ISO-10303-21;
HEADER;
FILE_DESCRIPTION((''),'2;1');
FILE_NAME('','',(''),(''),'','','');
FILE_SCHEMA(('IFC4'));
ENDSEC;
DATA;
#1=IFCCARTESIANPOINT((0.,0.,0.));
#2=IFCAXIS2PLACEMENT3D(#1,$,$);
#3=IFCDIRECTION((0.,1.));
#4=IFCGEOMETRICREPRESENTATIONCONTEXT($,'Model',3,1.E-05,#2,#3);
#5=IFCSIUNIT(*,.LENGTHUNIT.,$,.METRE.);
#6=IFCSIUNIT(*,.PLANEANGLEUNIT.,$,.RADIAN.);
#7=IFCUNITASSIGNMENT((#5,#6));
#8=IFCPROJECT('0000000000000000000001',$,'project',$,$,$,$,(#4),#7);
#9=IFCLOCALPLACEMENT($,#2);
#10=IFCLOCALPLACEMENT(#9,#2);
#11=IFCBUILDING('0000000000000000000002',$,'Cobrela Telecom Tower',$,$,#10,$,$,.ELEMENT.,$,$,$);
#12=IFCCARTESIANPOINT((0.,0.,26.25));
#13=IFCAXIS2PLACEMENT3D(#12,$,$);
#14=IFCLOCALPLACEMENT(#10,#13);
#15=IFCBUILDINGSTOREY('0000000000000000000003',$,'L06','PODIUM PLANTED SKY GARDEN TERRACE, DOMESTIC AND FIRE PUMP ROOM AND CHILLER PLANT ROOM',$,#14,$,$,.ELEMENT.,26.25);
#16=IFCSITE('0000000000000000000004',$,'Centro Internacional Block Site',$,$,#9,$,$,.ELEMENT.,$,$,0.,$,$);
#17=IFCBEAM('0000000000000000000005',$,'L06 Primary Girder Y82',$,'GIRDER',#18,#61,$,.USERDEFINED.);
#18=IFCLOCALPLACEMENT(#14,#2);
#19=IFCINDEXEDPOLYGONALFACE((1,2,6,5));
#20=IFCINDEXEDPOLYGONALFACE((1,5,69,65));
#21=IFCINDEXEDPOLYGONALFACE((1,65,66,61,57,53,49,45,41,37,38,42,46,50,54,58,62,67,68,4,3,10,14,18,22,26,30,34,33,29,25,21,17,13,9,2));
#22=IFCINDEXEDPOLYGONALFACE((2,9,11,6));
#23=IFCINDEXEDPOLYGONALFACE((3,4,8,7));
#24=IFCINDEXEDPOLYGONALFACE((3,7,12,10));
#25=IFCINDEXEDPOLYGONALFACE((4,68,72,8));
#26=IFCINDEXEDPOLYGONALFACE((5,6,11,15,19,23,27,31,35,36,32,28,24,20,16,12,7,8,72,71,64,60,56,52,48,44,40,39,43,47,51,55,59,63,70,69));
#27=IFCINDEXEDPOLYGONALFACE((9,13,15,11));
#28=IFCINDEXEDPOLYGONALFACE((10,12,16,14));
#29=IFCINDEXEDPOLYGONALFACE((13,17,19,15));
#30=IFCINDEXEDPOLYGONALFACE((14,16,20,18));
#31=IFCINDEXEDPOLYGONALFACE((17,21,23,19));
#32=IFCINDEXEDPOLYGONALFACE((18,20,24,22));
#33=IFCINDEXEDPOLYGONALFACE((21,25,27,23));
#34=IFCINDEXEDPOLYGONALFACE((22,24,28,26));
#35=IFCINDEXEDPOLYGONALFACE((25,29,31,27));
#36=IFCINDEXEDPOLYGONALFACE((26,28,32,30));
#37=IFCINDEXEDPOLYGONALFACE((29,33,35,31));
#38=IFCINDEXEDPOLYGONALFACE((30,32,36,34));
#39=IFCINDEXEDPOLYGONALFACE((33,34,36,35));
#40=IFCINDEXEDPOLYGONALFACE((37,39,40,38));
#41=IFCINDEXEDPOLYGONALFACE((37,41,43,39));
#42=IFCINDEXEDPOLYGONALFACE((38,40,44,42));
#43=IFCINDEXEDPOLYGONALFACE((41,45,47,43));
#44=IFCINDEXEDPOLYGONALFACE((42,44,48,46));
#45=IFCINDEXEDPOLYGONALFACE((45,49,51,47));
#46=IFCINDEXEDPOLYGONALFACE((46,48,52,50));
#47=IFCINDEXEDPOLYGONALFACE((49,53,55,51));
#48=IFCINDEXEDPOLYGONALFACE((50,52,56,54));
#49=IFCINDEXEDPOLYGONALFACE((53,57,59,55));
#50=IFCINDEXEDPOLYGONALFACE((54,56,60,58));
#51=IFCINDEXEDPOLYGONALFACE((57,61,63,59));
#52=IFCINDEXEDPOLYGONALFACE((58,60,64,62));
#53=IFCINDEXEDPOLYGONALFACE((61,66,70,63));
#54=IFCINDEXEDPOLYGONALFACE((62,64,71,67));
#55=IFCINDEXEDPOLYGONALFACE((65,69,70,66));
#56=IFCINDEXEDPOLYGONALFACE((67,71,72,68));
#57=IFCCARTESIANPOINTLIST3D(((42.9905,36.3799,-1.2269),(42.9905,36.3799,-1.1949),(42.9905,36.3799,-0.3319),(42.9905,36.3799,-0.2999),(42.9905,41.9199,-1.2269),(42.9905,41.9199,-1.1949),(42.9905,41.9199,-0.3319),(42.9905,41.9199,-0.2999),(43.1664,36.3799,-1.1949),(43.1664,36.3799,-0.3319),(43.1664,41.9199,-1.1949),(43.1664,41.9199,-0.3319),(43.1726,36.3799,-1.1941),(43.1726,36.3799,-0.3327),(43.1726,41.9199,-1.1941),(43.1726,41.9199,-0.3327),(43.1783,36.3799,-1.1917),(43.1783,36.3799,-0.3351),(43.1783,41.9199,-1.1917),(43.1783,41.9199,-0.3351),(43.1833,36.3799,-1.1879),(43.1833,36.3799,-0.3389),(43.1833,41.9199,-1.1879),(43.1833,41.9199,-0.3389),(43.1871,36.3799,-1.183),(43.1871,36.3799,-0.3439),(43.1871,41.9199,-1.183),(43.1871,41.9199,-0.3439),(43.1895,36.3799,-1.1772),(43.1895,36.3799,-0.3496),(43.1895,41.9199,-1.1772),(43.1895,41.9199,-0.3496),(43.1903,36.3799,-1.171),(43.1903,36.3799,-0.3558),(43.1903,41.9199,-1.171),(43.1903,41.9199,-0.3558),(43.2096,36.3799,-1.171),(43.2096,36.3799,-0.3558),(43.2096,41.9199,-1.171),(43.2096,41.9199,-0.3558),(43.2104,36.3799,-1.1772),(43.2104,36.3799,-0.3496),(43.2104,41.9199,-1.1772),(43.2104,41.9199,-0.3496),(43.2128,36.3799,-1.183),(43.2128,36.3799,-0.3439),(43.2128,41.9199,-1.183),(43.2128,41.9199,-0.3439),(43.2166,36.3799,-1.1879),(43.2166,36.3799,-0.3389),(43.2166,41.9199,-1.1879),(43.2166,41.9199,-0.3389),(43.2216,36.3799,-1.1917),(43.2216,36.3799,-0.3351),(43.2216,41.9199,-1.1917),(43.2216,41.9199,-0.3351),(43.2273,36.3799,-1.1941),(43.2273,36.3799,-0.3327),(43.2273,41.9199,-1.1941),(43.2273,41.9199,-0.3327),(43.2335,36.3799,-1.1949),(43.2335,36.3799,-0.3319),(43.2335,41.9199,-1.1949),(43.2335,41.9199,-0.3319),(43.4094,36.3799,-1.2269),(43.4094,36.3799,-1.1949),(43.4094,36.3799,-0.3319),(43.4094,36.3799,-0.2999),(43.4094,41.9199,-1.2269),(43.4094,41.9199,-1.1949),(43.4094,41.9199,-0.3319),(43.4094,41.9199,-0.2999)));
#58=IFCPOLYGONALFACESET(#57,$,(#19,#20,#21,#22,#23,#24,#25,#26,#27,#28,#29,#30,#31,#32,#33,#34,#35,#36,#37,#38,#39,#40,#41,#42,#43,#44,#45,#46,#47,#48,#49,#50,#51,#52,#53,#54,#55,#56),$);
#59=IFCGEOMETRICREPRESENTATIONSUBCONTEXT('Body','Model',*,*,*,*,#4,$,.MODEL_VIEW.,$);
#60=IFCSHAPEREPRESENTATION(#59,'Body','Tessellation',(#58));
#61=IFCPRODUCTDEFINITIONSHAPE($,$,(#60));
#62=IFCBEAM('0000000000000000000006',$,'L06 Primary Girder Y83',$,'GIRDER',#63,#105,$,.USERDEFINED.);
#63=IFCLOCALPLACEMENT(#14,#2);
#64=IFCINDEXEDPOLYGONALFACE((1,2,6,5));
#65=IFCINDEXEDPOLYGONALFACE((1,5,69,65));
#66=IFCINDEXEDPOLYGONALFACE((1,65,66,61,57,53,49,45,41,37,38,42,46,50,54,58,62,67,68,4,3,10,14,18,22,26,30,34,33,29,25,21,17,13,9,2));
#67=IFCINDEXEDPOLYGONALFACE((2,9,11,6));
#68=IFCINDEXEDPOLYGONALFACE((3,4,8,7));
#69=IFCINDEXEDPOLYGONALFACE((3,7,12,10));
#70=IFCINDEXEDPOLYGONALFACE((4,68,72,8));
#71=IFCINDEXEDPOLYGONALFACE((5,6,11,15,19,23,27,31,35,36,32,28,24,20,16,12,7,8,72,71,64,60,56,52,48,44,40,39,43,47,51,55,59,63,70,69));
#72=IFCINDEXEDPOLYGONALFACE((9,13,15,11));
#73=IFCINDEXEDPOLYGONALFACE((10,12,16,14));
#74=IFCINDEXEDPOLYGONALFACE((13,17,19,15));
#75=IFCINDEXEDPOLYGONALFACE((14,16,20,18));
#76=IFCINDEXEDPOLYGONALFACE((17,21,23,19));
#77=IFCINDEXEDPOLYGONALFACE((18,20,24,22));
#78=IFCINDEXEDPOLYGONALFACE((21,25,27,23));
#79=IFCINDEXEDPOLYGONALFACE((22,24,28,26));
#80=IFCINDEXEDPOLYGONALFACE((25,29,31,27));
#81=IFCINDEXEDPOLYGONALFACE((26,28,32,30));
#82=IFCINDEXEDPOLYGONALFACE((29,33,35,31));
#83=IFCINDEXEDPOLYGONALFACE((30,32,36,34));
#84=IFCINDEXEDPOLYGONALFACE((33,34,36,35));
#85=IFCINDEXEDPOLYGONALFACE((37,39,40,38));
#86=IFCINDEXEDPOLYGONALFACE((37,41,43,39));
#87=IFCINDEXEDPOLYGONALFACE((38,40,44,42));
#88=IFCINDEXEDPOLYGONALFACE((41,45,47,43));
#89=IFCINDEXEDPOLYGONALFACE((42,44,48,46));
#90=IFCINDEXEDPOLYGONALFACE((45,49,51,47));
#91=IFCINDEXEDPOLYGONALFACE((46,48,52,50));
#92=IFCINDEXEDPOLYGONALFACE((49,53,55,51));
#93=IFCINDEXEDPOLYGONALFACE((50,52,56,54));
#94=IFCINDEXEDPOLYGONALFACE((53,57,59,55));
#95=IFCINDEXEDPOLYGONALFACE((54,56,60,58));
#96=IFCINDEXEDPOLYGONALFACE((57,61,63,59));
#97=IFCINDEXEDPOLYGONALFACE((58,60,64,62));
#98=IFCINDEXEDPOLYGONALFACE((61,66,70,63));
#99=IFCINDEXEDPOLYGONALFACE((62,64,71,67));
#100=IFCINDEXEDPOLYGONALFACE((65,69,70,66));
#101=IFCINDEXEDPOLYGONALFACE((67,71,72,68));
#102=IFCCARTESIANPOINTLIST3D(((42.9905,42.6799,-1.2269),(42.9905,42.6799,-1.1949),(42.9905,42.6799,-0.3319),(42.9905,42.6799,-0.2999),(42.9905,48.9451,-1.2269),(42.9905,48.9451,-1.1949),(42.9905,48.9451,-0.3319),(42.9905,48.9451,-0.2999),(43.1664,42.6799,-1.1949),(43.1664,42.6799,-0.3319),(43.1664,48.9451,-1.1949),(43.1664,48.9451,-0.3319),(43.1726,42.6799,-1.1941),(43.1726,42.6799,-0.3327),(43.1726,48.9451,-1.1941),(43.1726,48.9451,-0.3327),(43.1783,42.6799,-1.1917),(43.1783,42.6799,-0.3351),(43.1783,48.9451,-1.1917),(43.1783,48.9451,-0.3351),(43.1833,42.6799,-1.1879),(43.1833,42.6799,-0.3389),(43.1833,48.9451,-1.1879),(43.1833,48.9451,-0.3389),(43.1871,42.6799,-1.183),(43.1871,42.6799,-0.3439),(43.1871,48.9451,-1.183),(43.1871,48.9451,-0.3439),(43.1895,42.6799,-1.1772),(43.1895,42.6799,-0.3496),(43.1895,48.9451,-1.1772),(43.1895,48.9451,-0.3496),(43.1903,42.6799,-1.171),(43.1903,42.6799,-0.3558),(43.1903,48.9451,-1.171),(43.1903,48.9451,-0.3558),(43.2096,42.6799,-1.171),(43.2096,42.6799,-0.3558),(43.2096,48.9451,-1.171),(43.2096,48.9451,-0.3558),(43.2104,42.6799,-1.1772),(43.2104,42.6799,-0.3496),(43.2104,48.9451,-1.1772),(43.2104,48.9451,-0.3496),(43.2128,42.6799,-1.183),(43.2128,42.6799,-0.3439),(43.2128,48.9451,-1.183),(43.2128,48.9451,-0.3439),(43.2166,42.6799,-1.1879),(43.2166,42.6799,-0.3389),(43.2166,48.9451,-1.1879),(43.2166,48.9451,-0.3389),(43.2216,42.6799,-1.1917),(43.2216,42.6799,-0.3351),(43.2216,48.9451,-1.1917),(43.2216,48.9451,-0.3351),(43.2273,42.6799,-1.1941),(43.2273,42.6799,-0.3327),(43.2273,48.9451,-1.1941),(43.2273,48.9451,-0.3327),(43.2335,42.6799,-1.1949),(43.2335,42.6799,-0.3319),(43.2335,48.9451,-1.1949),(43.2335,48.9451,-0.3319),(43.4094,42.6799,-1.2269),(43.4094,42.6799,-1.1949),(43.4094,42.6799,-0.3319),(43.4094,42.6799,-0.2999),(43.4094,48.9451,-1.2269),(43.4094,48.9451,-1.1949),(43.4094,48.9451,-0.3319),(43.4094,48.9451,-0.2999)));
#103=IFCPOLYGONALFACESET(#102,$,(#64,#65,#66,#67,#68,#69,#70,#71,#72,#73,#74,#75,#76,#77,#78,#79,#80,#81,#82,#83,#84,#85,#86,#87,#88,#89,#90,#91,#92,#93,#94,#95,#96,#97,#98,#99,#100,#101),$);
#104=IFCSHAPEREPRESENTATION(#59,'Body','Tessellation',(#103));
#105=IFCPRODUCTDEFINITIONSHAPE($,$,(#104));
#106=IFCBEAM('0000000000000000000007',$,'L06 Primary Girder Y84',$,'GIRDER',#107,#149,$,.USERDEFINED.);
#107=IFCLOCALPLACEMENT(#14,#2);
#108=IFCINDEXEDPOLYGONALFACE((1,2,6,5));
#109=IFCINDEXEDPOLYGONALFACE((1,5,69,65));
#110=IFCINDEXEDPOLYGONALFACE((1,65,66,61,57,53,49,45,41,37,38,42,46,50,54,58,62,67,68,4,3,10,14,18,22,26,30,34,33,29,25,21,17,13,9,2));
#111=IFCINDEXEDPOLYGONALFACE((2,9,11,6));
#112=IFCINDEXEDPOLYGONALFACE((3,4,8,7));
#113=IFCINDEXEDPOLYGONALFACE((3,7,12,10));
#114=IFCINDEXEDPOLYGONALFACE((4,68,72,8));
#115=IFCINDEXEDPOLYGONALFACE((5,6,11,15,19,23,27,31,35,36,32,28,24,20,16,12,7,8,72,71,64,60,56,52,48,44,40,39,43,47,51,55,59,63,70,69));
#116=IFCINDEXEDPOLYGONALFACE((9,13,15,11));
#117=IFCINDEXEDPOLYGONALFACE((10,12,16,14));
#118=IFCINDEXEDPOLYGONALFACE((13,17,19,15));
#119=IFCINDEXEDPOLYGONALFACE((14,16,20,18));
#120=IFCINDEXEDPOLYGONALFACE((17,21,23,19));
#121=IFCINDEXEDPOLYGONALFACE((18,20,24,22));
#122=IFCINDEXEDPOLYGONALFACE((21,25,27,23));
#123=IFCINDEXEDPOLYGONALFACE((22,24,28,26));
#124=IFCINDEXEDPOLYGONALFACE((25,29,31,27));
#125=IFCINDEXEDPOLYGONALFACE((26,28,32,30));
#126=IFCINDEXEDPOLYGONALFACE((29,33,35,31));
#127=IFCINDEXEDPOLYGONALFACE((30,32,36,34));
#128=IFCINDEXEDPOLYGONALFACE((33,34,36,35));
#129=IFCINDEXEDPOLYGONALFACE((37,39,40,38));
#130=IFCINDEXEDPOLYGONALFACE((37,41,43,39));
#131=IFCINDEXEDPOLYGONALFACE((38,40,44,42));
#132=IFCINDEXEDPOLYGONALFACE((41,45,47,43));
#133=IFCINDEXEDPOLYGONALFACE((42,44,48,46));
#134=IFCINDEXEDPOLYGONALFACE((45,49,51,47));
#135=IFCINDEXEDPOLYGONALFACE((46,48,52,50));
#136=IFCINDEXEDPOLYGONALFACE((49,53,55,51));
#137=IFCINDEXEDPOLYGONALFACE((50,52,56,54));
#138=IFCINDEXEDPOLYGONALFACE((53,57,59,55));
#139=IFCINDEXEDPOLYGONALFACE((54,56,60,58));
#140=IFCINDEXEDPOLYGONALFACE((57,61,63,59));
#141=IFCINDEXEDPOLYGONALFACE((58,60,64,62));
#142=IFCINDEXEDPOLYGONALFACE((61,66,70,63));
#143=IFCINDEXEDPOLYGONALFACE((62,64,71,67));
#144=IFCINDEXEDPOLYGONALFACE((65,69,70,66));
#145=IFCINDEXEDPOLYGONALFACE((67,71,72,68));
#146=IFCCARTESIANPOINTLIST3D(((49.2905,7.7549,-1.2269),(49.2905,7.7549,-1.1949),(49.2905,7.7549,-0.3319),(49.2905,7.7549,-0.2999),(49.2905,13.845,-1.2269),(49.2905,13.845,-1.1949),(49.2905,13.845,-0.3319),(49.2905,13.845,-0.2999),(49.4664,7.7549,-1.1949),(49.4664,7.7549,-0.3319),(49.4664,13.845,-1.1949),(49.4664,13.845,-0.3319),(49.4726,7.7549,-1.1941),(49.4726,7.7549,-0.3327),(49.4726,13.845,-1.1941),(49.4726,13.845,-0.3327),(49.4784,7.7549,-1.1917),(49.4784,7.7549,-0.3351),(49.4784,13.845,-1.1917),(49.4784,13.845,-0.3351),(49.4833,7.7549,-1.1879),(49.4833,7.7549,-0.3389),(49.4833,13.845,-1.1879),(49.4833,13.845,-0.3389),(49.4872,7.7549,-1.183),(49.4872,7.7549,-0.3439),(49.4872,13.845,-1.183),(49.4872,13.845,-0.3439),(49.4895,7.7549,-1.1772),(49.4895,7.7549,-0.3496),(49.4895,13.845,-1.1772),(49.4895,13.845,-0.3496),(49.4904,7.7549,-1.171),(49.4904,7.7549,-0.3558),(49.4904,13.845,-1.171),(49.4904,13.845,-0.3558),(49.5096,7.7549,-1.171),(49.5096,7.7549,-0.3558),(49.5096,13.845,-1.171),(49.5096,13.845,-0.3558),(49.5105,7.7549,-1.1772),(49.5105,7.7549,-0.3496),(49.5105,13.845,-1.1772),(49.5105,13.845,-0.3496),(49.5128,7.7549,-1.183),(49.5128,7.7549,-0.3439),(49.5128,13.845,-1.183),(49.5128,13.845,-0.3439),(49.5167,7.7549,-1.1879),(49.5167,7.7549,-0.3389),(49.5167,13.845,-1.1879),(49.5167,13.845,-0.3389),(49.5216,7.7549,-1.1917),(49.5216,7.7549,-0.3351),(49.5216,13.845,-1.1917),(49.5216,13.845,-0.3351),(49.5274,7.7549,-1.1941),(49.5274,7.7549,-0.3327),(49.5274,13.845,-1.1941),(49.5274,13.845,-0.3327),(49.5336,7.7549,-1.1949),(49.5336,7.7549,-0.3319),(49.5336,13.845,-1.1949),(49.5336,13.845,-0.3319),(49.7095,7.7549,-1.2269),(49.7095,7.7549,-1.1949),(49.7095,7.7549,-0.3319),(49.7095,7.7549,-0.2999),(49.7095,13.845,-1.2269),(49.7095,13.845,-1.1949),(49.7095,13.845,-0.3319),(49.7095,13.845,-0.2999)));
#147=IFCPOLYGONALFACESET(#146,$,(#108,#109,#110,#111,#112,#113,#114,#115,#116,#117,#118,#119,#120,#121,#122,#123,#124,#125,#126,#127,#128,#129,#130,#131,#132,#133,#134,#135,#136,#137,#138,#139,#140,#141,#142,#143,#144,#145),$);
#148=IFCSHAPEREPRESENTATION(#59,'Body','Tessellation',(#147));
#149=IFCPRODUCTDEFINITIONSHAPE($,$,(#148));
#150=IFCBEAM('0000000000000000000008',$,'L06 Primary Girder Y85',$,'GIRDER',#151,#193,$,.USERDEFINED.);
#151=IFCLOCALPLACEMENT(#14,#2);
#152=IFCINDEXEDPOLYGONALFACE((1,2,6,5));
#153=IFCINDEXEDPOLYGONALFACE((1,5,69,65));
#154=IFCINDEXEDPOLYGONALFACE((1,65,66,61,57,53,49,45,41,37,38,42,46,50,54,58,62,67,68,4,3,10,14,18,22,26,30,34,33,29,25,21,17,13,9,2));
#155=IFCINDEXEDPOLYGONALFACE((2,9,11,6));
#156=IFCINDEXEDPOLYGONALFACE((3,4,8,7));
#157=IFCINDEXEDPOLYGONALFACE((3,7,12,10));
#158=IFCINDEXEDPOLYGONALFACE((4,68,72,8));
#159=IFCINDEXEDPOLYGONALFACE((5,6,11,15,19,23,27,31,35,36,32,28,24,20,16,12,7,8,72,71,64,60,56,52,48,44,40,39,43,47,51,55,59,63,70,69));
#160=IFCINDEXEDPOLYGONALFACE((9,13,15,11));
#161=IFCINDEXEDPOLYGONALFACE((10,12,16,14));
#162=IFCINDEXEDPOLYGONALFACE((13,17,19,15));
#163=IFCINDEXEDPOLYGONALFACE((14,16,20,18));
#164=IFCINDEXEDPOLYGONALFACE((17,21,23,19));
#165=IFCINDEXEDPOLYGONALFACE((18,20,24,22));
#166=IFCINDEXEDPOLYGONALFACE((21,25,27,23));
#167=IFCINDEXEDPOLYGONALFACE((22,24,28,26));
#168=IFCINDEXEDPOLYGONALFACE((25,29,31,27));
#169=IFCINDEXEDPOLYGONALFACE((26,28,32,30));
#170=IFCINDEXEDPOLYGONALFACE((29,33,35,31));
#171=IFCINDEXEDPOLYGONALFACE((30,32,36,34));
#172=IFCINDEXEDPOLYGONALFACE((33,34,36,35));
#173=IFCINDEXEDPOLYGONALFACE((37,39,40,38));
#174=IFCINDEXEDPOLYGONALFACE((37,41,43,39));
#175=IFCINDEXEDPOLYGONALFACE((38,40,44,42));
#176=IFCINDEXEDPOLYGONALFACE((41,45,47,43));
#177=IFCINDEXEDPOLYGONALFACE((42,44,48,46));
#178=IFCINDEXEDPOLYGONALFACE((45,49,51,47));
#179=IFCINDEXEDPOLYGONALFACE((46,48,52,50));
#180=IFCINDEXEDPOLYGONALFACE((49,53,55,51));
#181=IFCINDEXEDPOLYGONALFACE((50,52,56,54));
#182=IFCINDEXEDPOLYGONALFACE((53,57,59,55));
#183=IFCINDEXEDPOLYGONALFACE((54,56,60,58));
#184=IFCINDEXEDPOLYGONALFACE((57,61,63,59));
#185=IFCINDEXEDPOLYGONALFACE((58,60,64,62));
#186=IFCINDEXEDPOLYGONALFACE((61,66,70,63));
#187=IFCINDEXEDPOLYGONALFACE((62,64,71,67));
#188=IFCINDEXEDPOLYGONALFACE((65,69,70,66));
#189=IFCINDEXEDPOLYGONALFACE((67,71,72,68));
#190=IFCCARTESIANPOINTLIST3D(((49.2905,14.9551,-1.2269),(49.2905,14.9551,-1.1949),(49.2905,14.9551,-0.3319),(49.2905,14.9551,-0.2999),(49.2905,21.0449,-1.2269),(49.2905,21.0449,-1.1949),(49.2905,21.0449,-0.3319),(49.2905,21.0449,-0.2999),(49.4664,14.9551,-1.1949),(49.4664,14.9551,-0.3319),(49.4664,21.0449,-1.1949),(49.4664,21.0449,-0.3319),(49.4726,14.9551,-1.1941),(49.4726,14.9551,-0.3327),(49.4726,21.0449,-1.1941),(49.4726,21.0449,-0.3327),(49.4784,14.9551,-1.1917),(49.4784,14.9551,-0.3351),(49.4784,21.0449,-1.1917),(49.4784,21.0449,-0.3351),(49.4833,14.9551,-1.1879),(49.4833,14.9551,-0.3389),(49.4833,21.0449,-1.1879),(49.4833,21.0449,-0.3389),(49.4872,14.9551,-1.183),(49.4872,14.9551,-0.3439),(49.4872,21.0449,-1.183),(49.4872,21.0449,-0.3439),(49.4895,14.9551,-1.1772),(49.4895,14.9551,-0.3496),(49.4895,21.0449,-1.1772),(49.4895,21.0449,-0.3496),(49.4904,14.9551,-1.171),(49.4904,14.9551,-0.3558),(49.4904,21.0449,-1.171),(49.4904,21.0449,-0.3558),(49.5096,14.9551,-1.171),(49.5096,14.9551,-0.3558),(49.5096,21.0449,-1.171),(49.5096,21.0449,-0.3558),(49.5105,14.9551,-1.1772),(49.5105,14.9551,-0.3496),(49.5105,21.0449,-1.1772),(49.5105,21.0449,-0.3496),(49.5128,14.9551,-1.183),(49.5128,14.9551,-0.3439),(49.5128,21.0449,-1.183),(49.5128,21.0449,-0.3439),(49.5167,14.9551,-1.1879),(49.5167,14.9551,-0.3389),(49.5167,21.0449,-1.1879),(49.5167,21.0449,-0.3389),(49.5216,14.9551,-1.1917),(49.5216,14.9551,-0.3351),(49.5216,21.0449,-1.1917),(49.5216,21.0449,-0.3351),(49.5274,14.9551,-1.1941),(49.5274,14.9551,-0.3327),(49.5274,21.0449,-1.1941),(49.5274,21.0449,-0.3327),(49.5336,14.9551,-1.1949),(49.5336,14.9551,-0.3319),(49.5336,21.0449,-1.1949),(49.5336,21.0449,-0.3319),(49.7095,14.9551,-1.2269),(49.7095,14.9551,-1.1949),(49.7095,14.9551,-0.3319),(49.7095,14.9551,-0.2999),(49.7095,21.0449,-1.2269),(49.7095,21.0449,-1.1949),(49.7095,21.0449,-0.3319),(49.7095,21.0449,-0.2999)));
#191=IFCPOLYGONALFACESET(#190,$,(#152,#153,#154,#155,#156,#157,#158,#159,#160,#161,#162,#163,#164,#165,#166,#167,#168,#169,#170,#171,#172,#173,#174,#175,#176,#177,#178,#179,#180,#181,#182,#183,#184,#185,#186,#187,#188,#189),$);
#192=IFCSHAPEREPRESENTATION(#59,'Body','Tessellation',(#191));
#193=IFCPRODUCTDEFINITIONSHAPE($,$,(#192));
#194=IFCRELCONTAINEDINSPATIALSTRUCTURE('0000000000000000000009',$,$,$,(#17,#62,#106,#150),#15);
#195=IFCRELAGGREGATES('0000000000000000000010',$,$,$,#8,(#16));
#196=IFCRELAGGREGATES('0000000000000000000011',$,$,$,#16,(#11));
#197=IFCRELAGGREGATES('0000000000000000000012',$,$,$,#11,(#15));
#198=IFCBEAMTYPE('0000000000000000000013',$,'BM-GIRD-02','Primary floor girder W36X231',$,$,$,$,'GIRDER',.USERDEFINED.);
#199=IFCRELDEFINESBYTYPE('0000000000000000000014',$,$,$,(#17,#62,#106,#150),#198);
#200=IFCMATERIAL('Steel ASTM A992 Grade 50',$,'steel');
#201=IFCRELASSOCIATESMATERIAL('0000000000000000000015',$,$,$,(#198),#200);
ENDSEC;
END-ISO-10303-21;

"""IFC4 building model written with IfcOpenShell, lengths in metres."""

from ifc_helpers import new_model, si_unit, direction, frame, origin, origin_2d, place, context, subcontext, project, spatial, i_section, extrude, material, material_profile, profile_set, type_object, element, save


model = new_model("IFC4")

# Units and contexts
model_context = context("Model", 3, precision=1e-05, world=origin(), true_north=direction((0.0, 1.0)))
body_context = subcontext(model_context, "Body", "Model", "MODEL_VIEW")
ifc_project = project(units=[si_unit("LENGTHUNIT", "METRE"), si_unit("PLANEANGLEUNIT", "RADIAN")], contexts=[model_context])

# Site, building, storey
site_placement = place(None, origin())
site = spatial("IfcSite", under=ifc_project, at=site_placement, Name="Centro Internacional Block Site", CompositionType="ELEMENT", RefElevation=0.0)
building_placement = place(site_placement, origin())
building = spatial("IfcBuilding", under=site, at=building_placement, Name="Cobrela Telecom Tower", CompositionType="ELEMENT")
storey_placement = place(building_placement, frame((0.0, 0.0, 26.25)))
storey = spatial("IfcBuildingStorey", under=building, at=storey_placement, Name="L06", Description="PODIUM PLANTED SKY GARDEN TERRACE, DOMESTIC AND FIRE PUMP ROOM AND CHILLER PLANT ROOM", CompositionType="ELEMENT", Elevation=26.25)

# Beams
ifc_material_1 = material(Name="Steel ASTM A992 Grade 50", Category="steel")
ifc_material_profile_1 = material_profile(ifc_material_1, i_section(OverallWidth=0.4189, OverallDepth=0.927, WebThickness=0.0193, FlangeThickness=0.032, FilletRadius=0.0239, at=origin_2d()), Name="W36X231")
ifc_profile_set_1 = profile_set([ifc_material_profile_1], Name="Steel ASTM A992 Grade 50")
beam_type_1 = type_object("IfcBeamType", Name="BM-GIRD-02", Description="Primary floor girder W36X231", ElementType="GIRDER", PredefinedType="USERDEFINED", material=ifc_profile_set_1)
beam_1_placement = place(storey_placement, frame((43.2, 36.3799, -0.7634), z_axis=(0.0, 1.0, 0.0), x_axis=(-1.0, 0.0, 0.0)))
element("IfcBeam", 1, at=beam_1_placement, inside=storey, type_object=beam_type_1, Name="L06 Primary Girder Y82", ObjectType="GIRDER", PredefinedType="USERDEFINED", context=body_context, shape_type="SweptSolid", body=[
    extrude(i_section(OverallWidth=0.4189, OverallDepth=0.927, WebThickness=0.0193, FlangeThickness=0.032, FilletRadius=0.0239, at=origin_2d()), origin(), (0.0, 0.0, 1.0), 5.54),
])
beam_2_placement = place(storey_placement, frame((43.2, 42.6799, -0.7634), z_axis=(0.0, 1.0, 0.0), x_axis=(-1.0, 0.0, 0.0)))
element("IfcBeam", 2, at=beam_2_placement, inside=storey, type_object=beam_type_1, Name="L06 Primary Girder Y83", ObjectType="GIRDER", PredefinedType="USERDEFINED", context=body_context, shape_type="SweptSolid", body=[
    extrude(i_section(OverallWidth=0.4189, OverallDepth=0.927, WebThickness=0.0193, FlangeThickness=0.032, FilletRadius=0.0239, at=origin_2d()), origin(), (0.0, 0.0, 1.0), 6.2651),
])
beam_3_placement = place(storey_placement, frame((49.5, 7.7549, -0.7634), z_axis=(0.0, 1.0, 0.0), x_axis=(-1.0, 0.0, 0.0)))
element("IfcBeam", 3, at=beam_3_placement, inside=storey, type_object=beam_type_1, Name="L06 Primary Girder Y84", ObjectType="GIRDER", PredefinedType="USERDEFINED", context=body_context, shape_type="SweptSolid", body=[
    extrude(i_section(OverallWidth=0.4189, OverallDepth=0.927, WebThickness=0.0193, FlangeThickness=0.032, FilletRadius=0.0239, at=origin_2d()), origin(), (0.0, 0.0, 1.0), 6.0901),
])
beam_4_placement = place(storey_placement, frame((49.5, 14.9551, -0.7634), z_axis=(0.0, 1.0, 0.0), x_axis=(-1.0, 0.0, 0.0)))
element("IfcBeam", 4, at=beam_4_placement, inside=storey, type_object=beam_type_1, Name="L06 Primary Girder Y85", ObjectType="GIRDER", PredefinedType="USERDEFINED", context=body_context, shape_type="SweptSolid", body=[
    extrude(i_section(OverallWidth=0.4189, OverallDepth=0.927, WebThickness=0.0193, FlangeThickness=0.032, FilletRadius=0.0239, at=origin_2d()), origin(), (0.0, 0.0, 1.0), 6.0898),
])

save(model, "model.ifc")
